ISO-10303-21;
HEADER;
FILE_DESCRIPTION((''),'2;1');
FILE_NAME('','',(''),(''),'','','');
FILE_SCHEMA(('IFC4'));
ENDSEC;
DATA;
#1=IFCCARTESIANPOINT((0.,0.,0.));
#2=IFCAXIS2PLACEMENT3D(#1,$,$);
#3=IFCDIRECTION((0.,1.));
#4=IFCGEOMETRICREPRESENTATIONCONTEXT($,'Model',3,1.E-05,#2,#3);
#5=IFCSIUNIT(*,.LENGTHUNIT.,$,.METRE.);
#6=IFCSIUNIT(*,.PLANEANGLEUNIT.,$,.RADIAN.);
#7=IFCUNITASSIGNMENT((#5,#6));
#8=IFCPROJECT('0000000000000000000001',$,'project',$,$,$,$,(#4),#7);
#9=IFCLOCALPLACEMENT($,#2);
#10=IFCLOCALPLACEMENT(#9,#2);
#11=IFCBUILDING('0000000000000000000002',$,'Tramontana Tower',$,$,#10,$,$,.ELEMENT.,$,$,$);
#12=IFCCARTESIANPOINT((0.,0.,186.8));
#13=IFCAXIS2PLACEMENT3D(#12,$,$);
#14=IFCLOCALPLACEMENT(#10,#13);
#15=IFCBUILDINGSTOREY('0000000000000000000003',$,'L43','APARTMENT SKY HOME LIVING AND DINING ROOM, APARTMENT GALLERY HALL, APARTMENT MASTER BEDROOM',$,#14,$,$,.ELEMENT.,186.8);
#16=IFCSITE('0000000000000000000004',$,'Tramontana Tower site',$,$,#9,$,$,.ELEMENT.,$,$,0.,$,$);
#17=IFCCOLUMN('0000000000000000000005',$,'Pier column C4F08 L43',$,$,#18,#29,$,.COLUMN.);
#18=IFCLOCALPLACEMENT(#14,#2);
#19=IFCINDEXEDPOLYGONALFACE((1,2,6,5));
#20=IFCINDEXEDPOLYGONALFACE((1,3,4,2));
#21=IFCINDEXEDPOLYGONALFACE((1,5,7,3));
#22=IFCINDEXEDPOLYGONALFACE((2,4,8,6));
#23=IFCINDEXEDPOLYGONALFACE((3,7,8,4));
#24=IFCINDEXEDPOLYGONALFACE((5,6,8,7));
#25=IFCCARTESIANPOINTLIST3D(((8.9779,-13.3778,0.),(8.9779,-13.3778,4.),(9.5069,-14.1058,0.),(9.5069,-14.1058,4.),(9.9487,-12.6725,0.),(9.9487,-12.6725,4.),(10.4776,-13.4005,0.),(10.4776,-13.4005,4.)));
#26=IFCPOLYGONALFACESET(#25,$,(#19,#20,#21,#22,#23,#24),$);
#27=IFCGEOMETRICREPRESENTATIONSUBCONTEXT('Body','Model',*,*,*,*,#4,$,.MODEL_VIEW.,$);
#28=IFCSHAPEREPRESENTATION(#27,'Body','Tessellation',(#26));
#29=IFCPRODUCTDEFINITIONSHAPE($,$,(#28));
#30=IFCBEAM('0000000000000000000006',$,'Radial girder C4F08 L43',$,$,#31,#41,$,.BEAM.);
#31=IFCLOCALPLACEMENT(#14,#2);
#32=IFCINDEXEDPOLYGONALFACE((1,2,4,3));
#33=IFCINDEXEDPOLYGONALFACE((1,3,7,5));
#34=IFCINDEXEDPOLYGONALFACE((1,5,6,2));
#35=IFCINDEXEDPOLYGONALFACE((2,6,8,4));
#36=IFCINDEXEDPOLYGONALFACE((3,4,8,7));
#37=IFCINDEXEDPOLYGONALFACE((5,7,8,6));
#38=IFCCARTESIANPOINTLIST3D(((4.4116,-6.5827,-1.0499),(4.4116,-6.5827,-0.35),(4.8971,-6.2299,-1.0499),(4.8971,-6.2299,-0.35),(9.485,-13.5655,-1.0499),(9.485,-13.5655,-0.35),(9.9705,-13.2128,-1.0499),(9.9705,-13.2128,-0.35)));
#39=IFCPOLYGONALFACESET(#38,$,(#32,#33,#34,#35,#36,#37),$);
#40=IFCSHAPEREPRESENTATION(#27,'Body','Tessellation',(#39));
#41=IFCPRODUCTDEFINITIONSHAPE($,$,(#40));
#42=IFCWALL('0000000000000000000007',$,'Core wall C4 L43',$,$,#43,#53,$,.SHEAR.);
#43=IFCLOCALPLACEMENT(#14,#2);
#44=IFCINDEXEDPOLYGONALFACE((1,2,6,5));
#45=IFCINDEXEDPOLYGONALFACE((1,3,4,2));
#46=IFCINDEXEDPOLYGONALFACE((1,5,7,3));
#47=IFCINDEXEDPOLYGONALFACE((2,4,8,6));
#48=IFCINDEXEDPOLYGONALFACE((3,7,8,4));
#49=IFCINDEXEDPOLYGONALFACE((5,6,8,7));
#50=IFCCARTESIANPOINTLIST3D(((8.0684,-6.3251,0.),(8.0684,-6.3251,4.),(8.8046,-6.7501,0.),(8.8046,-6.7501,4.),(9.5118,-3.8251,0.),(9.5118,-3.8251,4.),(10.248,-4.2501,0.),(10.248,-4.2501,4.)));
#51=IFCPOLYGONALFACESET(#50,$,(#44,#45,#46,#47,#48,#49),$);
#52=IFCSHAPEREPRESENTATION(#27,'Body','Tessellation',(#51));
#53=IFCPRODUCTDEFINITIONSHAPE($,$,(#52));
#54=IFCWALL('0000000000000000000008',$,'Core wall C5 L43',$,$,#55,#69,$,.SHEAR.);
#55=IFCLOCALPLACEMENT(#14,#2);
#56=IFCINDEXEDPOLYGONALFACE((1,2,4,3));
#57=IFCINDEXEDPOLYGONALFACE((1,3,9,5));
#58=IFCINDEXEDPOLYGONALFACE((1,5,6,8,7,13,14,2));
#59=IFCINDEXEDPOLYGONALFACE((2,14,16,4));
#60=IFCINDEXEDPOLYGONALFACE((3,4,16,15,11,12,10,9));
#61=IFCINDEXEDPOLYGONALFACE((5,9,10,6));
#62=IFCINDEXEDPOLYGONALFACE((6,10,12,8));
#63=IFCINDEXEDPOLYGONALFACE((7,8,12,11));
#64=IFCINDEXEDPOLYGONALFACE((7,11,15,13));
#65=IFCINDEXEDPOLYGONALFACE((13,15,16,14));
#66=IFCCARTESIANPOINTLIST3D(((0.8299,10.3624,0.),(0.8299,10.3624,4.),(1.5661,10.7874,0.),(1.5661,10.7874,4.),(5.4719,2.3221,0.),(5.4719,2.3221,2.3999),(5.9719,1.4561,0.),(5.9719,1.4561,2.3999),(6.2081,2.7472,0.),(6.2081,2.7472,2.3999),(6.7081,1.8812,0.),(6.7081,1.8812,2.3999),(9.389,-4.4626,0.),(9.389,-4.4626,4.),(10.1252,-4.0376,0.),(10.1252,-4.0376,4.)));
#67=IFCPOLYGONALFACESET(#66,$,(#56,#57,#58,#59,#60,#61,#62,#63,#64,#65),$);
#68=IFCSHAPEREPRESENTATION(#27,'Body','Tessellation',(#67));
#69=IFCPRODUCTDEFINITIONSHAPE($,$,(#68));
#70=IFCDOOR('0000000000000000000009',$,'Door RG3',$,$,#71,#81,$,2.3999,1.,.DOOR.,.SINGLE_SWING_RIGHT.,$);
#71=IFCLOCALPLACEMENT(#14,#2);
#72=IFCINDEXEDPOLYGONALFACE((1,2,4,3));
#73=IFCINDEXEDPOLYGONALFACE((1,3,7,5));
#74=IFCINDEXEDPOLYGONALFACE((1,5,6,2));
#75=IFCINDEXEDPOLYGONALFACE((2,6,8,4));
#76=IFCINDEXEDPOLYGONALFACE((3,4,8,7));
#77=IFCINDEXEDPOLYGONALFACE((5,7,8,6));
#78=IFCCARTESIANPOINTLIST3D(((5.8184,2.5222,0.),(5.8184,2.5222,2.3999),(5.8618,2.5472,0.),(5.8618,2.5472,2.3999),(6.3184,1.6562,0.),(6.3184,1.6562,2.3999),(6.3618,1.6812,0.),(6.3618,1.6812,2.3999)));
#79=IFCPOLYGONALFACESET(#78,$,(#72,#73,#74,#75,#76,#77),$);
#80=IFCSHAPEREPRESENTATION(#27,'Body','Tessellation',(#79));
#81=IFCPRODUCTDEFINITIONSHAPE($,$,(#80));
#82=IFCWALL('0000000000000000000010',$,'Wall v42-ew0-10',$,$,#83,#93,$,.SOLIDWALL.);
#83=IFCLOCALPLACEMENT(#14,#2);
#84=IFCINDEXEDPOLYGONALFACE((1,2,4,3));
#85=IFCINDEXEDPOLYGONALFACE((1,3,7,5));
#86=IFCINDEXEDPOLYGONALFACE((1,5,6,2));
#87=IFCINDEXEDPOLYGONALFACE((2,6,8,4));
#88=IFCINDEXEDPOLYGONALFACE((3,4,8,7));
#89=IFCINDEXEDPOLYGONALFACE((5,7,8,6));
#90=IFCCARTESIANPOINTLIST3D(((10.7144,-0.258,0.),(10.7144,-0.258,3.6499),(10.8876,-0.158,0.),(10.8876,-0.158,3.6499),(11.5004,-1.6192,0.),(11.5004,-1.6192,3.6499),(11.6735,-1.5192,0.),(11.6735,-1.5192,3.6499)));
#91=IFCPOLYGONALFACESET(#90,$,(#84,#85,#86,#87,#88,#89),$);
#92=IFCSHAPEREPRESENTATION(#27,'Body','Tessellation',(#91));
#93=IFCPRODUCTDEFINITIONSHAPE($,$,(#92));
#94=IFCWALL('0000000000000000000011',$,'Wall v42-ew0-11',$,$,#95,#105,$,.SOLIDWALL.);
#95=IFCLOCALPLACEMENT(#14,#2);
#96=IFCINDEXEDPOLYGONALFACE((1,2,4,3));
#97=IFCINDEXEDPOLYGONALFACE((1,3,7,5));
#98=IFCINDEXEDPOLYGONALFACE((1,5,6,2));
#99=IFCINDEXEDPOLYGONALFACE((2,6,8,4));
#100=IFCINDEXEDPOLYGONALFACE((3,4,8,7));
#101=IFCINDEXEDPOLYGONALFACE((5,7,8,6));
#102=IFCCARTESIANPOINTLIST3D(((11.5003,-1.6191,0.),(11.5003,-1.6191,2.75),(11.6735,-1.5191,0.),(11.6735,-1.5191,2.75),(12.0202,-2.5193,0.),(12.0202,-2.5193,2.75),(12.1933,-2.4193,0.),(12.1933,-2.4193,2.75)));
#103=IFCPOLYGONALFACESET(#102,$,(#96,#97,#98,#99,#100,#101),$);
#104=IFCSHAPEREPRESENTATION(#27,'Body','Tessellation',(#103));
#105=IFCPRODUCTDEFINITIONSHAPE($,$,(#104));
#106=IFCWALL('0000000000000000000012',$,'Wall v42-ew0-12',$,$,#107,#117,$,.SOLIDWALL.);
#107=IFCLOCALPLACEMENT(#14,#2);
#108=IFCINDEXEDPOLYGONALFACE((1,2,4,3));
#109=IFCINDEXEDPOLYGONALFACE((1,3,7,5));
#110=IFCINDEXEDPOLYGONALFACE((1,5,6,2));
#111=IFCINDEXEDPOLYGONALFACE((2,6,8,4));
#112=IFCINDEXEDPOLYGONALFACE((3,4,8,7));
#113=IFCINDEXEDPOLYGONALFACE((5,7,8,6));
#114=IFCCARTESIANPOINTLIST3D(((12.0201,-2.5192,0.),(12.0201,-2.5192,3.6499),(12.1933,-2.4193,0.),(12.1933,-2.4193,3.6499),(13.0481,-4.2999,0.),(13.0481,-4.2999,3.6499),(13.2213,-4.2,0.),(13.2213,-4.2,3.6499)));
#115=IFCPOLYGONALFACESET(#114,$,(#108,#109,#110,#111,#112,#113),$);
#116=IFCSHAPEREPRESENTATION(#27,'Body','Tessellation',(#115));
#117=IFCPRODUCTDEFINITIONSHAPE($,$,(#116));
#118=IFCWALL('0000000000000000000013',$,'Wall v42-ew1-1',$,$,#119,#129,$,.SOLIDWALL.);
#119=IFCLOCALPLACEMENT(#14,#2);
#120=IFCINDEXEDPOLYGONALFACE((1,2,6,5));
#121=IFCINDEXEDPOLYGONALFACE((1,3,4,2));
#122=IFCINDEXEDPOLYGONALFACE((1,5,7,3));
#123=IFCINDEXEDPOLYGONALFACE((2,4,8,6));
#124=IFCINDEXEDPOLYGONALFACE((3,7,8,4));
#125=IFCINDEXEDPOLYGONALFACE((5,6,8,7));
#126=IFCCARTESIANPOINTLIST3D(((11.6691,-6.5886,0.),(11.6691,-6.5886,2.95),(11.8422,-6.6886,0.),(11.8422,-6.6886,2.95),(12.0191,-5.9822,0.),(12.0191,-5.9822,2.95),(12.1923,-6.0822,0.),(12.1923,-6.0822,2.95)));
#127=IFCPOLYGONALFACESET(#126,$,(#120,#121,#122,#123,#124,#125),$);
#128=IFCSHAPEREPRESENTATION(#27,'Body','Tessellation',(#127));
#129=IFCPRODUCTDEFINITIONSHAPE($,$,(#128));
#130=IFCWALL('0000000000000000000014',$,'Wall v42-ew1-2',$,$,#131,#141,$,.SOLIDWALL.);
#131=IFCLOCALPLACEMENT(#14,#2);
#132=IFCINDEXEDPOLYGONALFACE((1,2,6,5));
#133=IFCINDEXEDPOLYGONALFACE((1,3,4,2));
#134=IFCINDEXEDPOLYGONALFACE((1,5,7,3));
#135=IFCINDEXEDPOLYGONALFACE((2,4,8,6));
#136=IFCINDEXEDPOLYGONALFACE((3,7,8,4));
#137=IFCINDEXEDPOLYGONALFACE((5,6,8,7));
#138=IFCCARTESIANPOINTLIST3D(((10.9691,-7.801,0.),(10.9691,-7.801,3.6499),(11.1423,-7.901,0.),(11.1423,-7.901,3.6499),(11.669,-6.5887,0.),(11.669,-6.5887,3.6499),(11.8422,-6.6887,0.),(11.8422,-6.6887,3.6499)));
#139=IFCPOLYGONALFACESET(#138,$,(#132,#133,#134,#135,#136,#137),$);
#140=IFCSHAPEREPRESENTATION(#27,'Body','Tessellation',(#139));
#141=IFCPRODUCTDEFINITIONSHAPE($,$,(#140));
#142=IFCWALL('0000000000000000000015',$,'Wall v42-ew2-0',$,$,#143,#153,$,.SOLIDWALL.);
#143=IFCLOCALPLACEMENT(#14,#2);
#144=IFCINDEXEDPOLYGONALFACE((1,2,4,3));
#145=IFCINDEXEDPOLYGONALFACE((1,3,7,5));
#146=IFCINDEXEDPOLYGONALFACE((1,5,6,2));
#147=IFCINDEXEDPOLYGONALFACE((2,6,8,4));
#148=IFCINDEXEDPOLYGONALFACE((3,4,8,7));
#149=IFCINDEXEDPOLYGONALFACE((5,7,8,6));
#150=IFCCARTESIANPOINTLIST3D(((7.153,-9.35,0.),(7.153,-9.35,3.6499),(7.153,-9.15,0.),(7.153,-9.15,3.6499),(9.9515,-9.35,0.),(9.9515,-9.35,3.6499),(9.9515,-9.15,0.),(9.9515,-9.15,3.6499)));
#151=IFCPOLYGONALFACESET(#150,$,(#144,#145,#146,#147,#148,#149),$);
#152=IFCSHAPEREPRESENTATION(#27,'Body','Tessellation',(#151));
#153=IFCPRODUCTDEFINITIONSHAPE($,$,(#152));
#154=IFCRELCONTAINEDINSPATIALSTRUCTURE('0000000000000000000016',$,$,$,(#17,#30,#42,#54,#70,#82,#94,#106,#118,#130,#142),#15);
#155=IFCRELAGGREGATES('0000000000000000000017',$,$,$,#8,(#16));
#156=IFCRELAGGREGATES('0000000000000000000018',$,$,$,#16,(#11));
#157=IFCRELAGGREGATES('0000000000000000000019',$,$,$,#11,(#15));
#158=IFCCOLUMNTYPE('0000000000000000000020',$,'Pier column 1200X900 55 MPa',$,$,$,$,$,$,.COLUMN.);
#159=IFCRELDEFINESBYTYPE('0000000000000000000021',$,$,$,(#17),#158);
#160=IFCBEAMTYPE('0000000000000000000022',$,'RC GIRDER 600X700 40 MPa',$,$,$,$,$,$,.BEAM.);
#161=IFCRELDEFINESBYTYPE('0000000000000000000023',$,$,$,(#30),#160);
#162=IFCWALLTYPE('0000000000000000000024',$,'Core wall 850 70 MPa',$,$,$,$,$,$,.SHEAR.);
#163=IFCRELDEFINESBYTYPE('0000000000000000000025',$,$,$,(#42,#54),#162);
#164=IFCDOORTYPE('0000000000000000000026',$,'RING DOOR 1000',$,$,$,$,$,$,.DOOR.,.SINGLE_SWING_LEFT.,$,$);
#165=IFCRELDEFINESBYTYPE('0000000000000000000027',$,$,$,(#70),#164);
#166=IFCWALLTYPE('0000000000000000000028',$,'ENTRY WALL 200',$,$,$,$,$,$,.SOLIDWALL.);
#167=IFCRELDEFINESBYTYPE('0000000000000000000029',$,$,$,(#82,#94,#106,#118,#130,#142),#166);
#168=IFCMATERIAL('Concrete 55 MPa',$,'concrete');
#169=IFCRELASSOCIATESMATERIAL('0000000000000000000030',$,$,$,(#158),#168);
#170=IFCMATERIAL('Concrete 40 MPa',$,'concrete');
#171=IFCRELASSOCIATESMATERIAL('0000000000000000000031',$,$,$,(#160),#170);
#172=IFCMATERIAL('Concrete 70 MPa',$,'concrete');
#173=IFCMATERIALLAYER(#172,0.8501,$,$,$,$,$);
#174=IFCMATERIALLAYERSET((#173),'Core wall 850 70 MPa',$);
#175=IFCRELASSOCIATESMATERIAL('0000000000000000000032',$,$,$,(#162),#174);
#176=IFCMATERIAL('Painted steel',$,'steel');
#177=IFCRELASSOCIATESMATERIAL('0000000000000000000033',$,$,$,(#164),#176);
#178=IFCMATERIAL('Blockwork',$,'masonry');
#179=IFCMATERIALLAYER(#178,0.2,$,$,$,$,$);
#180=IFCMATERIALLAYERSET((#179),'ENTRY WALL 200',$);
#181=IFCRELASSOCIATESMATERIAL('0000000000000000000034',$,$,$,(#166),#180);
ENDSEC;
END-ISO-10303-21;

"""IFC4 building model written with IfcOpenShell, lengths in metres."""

from ifc_helpers import new_model, si_unit, direction, frame, frame_2d, origin, origin_2d, place, context, subcontext, project, spatial, rectangle, extrude, material, layer, layer_set, material_profile, profile_set, type_object, element, fill, save


model = new_model("IFC4")

# Units and contexts
model_context = context("Model", 3, precision=1e-05, world=origin(), true_north=direction((0.0, 1.0)))
body_context = subcontext(model_context, "Body", "Model", "MODEL_VIEW")
ifc_project = project(units=[si_unit("LENGTHUNIT", "METRE"), si_unit("PLANEANGLEUNIT", "RADIAN")], contexts=[model_context])

# Site, building, storey
site_placement = place(None, origin())
site = spatial("IfcSite", under=ifc_project, at=site_placement, Name="Tramontana Tower site", CompositionType="ELEMENT", RefElevation=0.0)
building_placement = place(site_placement, origin())
building = spatial("IfcBuilding", under=site, at=building_placement, Name="Tramontana Tower", CompositionType="ELEMENT")
storey_placement = place(building_placement, frame((0.0, 0.0, 186.8)))
storey = spatial("IfcBuildingStorey", under=building, at=storey_placement, Name="L43", Description="APARTMENT SKY HOME LIVING AND DINING ROOM, APARTMENT GALLERY HALL, APARTMENT MASTER BEDROOM", CompositionType="ELEMENT", Elevation=186.8)

# Column
ifc_material_1 = material(Name="Concrete 55 MPa", Category="concrete")
ifc_material_profile_1 = material_profile(ifc_material_1, rectangle(XDim=1.2, YDim=0.8999, at=origin_2d()), Name="Pier column 1200X900 55 MPa")
ifc_profile_set_1 = profile_set([ifc_material_profile_1], Name="Concrete 55 MPa")
column_type = type_object("IfcColumnType", Name="Pier column 1200X900 55 MPa", PredefinedType="COLUMN", material=ifc_profile_set_1)
column_placement = place(storey_placement, frame((9.7278, -13.3892, 0.0), z_axis=(0.0, 0.0, 1.0), x_axis=(0.809017, 0.587785, 0.0)))
element("IfcColumn", 1, at=column_placement, inside=storey, type_object=column_type, Name="Pier column C4F08 L43", PredefinedType="COLUMN", context=body_context, shape_type="SweptSolid", body=[
    extrude(rectangle(XDim=1.2, YDim=0.8999, at=origin_2d()), origin(), (0.0, 0.0, 1.0), 4.0),
])

# Beam
ifc_material_2 = material(Name="Concrete 40 MPa", Category="concrete")
ifc_material_profile_2 = material_profile(ifc_material_2, rectangle(XDim=0.6001, YDim=0.7, at=origin_2d()), Name="RC GIRDER 600X700 40 MPa")
ifc_profile_set_2 = profile_set([ifc_material_profile_2], Name="Concrete 40 MPa")
beam_type = type_object("IfcBeamType", Name="RC GIRDER 600X700 40 MPa", PredefinedType="BEAM", material=ifc_profile_set_2)
beam_placement = place(storey_placement, frame((9.7278, -13.3892, -0.7), z_axis=(-0.587793, 0.809011, 0.0), x_axis=(-0.809011, -0.587793, 0.0)))
element("IfcBeam", 2, at=beam_placement, inside=storey, type_object=beam_type, Name="Radial girder C4F08 L43", PredefinedType="BEAM", context=body_context, shape_type="SweptSolid", body=[
    extrude(rectangle(XDim=0.6001, YDim=0.7, at=origin_2d()), origin(), (0.0, 0.0, 1.0), 8.6313),
])

# Wall
ifc_material_3 = material(Name="Concrete 70 MPa", Category="concrete")
ifc_layer_1 = layer(ifc_material_3, 0.8501)
ifc_layer_set_1 = layer_set([ifc_layer_1], Name="Core wall 850 70 MPa")
wall_type_1 = type_object("IfcWallType", Name="Core wall 850 70 MPa", PredefinedType="SHEAR", material=ifc_layer_set_1)
wall_1_placement = place(storey_placement, frame((8.4365, -6.5376, 0.0), z_axis=(0.0, 0.0, 1.0), x_axis=(0.499996, 0.866028, 0.0)))
element("IfcWall", 3, at=wall_1_placement, inside=storey, type_object=wall_type_1, Name="Core wall C4 L43", PredefinedType="SHEAR", context=body_context, shape_type="SweptSolid", body=[
    extrude(rectangle(XDim=2.8867, YDim=0.8501, at=frame_2d((1.4434, 0.0))), origin(), (0.0, 0.0, 1.0), 4.0),
])

# Wall, opening, door
wall_2_placement = place(storey_placement, frame((9.7571, -4.25, 0.0), z_axis=(0.0, 0.0, 1.0), x_axis=(-0.499995, 0.866028, 0.0)))
wall_2 = element("IfcWall", 4, at=wall_2_placement, inside=storey, type_object=wall_type_1, Name="Core wall C5 L43", PredefinedType="SHEAR", context=body_context, shape_type="SweptSolid", body=[
    extrude(rectangle(XDim=17.1184, YDim=0.8501, at=frame_2d((8.5591, 0.0))), origin(), (0.0, 0.0, 1.0), 4.0),
])
opening_1_placement = place(wall_2_placement, frame((6.8342, 0.0, 0.0)))
opening_1 = element("IfcOpeningElement", 5, at=opening_1_placement, cuts=wall_2, PredefinedType="OPENING", context=body_context, shape_type="SweptSolid", body=[
    extrude(rectangle(XDim=1.0, YDim=2.3999, at=frame_2d((0.5, 1.2))), frame((0.0, 0.4351, 0.0), z_axis=(0.0, -1.0, 0.0), x_axis=(1.0, 0.0, 0.0)), (0.0, 0.0, 1.0), 0.8701),
])
ifc_material_4 = material(Name="Painted steel", Category="steel")
door_type_1 = type_object("IfcDoorType", Name="RING DOOR 1000", OperationType="SINGLE_SWING_LEFT", PredefinedType="DOOR", material=ifc_material_4)
door_1_placement = place(opening_1_placement, origin())
door_1 = element("IfcDoor", 6, at=door_1_placement, inside=storey, type_object=door_type_1, Name="Door RG3", OperationType="SINGLE_SWING_RIGHT", OverallHeight=2.3999, OverallWidth=1.0, PredefinedType="DOOR", context=body_context, shape_type="SweptSolid", body=[
    extrude(rectangle(XDim=1.0, YDim=2.3999, at=frame_2d((0.5, 1.2))), frame((0.0, 0.0249, 0.0), z_axis=(0.0, -1.0, 0.0), x_axis=(1.0, 0.0, 0.0)), (0.0, 0.0, 1.0), 0.05),
])
fill(opening_1, door_1)

# Walls
ifc_material_5 = material(Name="Blockwork", Category="masonry")
ifc_layer_2 = layer(ifc_material_5, 0.2)
ifc_layer_set_2 = layer_set([ifc_layer_2], Name="ENTRY WALL 200")
wall_type_2 = type_object("IfcWallType", Name="ENTRY WALL 200", PredefinedType="SOLIDWALL", material=ifc_layer_set_2)
wall_3_placement = place(storey_placement, frame((10.801, -0.208, 0.0), z_axis=(0.0, 0.0, 1.0), x_axis=(0.500032, -0.866007, 0.0)))
element("IfcWall", 7, at=wall_3_placement, inside=storey, type_object=wall_type_2, Name="Wall v42-ew0-10", PredefinedType="SOLIDWALL", context=body_context, shape_type="SweptSolid", body=[
    extrude(rectangle(XDim=1.5718, YDim=0.2, at=frame_2d((0.7859, 0.0))), origin(), (0.0, 0.0, 1.0), 3.6499),
])
wall_4_placement = place(storey_placement, frame((11.5869, -1.5691, 0.0), z_axis=(0.0, 0.0, 1.0), x_axis=(0.500055, -0.865994, 0.0)))
element("IfcWall", 8, at=wall_4_placement, inside=storey, type_object=wall_type_2, Name="Wall v42-ew0-11", PredefinedType="SOLIDWALL", context=body_context, shape_type="SweptSolid", body=[
    extrude(rectangle(XDim=1.0396, YDim=0.2, at=frame_2d((0.5198, 0.0))), origin(), (0.0, 0.0, 1.0), 2.75),
])
wall_5_placement = place(storey_placement, frame((12.1067, -2.4692, 0.0), z_axis=(0.0, 0.0, 1.0), x_axis=(0.499983, -0.866035, 0.0)))
element("IfcWall", 9, at=wall_5_placement, inside=storey, type_object=wall_type_2, Name="Wall v42-ew0-12", PredefinedType="SOLIDWALL", context=body_context, shape_type="SweptSolid", body=[
    extrude(rectangle(XDim=2.0562, YDim=0.2, at=frame_2d((1.0281, 0.0))), origin(), (0.0, 0.0, 1.0), 3.6499),
])
wall_6_placement = place(storey_placement, frame((12.1057, -6.0322, 0.0), z_axis=(0.0, 0.0, 1.0), x_axis=(-0.499964, -0.866046, 0.0)))
element("IfcWall", 10, at=wall_6_placement, inside=storey, type_object=wall_type_2, Name="Wall v42-ew1-1", PredefinedType="SOLIDWALL", context=body_context, shape_type="SweptSolid", body=[
    extrude(rectangle(XDim=0.7002, YDim=0.2, at=frame_2d((0.3501, 0.0))), origin(), (0.0, 0.0, 1.0), 2.95),
])
wall_7_placement = place(storey_placement, frame((11.7556, -6.6387, 0.0), z_axis=(0.0, 0.0, 1.0), x_axis=(-0.499984, -0.866035, 0.0)))
element("IfcWall", 11, at=wall_7_placement, inside=storey, type_object=wall_type_2, Name="Wall v42-ew1-2", PredefinedType="SOLIDWALL", context=body_context, shape_type="SweptSolid", body=[
    extrude(rectangle(XDim=1.3999, YDim=0.2, at=frame_2d((0.7, 0.0))), origin(), (0.0, 0.0, 1.0), 3.6499),
])
wall_8_placement = place(storey_placement, frame((9.9517, -9.25, 0.0), z_axis=(0.0, 0.0, 1.0), x_axis=(-1.0, 0.0, 0.0)))
element("IfcWall", 12, at=wall_8_placement, inside=storey, type_object=wall_type_2, Name="Wall v42-ew2-0", PredefinedType="SOLIDWALL", context=body_context, shape_type="SweptSolid", body=[
    extrude(rectangle(XDim=2.7986, YDim=0.2, at=frame_2d((1.3994, 0.0))), origin(), (0.0, 0.0, 1.0), 3.6499),
])

save(model, "model.ifc")
